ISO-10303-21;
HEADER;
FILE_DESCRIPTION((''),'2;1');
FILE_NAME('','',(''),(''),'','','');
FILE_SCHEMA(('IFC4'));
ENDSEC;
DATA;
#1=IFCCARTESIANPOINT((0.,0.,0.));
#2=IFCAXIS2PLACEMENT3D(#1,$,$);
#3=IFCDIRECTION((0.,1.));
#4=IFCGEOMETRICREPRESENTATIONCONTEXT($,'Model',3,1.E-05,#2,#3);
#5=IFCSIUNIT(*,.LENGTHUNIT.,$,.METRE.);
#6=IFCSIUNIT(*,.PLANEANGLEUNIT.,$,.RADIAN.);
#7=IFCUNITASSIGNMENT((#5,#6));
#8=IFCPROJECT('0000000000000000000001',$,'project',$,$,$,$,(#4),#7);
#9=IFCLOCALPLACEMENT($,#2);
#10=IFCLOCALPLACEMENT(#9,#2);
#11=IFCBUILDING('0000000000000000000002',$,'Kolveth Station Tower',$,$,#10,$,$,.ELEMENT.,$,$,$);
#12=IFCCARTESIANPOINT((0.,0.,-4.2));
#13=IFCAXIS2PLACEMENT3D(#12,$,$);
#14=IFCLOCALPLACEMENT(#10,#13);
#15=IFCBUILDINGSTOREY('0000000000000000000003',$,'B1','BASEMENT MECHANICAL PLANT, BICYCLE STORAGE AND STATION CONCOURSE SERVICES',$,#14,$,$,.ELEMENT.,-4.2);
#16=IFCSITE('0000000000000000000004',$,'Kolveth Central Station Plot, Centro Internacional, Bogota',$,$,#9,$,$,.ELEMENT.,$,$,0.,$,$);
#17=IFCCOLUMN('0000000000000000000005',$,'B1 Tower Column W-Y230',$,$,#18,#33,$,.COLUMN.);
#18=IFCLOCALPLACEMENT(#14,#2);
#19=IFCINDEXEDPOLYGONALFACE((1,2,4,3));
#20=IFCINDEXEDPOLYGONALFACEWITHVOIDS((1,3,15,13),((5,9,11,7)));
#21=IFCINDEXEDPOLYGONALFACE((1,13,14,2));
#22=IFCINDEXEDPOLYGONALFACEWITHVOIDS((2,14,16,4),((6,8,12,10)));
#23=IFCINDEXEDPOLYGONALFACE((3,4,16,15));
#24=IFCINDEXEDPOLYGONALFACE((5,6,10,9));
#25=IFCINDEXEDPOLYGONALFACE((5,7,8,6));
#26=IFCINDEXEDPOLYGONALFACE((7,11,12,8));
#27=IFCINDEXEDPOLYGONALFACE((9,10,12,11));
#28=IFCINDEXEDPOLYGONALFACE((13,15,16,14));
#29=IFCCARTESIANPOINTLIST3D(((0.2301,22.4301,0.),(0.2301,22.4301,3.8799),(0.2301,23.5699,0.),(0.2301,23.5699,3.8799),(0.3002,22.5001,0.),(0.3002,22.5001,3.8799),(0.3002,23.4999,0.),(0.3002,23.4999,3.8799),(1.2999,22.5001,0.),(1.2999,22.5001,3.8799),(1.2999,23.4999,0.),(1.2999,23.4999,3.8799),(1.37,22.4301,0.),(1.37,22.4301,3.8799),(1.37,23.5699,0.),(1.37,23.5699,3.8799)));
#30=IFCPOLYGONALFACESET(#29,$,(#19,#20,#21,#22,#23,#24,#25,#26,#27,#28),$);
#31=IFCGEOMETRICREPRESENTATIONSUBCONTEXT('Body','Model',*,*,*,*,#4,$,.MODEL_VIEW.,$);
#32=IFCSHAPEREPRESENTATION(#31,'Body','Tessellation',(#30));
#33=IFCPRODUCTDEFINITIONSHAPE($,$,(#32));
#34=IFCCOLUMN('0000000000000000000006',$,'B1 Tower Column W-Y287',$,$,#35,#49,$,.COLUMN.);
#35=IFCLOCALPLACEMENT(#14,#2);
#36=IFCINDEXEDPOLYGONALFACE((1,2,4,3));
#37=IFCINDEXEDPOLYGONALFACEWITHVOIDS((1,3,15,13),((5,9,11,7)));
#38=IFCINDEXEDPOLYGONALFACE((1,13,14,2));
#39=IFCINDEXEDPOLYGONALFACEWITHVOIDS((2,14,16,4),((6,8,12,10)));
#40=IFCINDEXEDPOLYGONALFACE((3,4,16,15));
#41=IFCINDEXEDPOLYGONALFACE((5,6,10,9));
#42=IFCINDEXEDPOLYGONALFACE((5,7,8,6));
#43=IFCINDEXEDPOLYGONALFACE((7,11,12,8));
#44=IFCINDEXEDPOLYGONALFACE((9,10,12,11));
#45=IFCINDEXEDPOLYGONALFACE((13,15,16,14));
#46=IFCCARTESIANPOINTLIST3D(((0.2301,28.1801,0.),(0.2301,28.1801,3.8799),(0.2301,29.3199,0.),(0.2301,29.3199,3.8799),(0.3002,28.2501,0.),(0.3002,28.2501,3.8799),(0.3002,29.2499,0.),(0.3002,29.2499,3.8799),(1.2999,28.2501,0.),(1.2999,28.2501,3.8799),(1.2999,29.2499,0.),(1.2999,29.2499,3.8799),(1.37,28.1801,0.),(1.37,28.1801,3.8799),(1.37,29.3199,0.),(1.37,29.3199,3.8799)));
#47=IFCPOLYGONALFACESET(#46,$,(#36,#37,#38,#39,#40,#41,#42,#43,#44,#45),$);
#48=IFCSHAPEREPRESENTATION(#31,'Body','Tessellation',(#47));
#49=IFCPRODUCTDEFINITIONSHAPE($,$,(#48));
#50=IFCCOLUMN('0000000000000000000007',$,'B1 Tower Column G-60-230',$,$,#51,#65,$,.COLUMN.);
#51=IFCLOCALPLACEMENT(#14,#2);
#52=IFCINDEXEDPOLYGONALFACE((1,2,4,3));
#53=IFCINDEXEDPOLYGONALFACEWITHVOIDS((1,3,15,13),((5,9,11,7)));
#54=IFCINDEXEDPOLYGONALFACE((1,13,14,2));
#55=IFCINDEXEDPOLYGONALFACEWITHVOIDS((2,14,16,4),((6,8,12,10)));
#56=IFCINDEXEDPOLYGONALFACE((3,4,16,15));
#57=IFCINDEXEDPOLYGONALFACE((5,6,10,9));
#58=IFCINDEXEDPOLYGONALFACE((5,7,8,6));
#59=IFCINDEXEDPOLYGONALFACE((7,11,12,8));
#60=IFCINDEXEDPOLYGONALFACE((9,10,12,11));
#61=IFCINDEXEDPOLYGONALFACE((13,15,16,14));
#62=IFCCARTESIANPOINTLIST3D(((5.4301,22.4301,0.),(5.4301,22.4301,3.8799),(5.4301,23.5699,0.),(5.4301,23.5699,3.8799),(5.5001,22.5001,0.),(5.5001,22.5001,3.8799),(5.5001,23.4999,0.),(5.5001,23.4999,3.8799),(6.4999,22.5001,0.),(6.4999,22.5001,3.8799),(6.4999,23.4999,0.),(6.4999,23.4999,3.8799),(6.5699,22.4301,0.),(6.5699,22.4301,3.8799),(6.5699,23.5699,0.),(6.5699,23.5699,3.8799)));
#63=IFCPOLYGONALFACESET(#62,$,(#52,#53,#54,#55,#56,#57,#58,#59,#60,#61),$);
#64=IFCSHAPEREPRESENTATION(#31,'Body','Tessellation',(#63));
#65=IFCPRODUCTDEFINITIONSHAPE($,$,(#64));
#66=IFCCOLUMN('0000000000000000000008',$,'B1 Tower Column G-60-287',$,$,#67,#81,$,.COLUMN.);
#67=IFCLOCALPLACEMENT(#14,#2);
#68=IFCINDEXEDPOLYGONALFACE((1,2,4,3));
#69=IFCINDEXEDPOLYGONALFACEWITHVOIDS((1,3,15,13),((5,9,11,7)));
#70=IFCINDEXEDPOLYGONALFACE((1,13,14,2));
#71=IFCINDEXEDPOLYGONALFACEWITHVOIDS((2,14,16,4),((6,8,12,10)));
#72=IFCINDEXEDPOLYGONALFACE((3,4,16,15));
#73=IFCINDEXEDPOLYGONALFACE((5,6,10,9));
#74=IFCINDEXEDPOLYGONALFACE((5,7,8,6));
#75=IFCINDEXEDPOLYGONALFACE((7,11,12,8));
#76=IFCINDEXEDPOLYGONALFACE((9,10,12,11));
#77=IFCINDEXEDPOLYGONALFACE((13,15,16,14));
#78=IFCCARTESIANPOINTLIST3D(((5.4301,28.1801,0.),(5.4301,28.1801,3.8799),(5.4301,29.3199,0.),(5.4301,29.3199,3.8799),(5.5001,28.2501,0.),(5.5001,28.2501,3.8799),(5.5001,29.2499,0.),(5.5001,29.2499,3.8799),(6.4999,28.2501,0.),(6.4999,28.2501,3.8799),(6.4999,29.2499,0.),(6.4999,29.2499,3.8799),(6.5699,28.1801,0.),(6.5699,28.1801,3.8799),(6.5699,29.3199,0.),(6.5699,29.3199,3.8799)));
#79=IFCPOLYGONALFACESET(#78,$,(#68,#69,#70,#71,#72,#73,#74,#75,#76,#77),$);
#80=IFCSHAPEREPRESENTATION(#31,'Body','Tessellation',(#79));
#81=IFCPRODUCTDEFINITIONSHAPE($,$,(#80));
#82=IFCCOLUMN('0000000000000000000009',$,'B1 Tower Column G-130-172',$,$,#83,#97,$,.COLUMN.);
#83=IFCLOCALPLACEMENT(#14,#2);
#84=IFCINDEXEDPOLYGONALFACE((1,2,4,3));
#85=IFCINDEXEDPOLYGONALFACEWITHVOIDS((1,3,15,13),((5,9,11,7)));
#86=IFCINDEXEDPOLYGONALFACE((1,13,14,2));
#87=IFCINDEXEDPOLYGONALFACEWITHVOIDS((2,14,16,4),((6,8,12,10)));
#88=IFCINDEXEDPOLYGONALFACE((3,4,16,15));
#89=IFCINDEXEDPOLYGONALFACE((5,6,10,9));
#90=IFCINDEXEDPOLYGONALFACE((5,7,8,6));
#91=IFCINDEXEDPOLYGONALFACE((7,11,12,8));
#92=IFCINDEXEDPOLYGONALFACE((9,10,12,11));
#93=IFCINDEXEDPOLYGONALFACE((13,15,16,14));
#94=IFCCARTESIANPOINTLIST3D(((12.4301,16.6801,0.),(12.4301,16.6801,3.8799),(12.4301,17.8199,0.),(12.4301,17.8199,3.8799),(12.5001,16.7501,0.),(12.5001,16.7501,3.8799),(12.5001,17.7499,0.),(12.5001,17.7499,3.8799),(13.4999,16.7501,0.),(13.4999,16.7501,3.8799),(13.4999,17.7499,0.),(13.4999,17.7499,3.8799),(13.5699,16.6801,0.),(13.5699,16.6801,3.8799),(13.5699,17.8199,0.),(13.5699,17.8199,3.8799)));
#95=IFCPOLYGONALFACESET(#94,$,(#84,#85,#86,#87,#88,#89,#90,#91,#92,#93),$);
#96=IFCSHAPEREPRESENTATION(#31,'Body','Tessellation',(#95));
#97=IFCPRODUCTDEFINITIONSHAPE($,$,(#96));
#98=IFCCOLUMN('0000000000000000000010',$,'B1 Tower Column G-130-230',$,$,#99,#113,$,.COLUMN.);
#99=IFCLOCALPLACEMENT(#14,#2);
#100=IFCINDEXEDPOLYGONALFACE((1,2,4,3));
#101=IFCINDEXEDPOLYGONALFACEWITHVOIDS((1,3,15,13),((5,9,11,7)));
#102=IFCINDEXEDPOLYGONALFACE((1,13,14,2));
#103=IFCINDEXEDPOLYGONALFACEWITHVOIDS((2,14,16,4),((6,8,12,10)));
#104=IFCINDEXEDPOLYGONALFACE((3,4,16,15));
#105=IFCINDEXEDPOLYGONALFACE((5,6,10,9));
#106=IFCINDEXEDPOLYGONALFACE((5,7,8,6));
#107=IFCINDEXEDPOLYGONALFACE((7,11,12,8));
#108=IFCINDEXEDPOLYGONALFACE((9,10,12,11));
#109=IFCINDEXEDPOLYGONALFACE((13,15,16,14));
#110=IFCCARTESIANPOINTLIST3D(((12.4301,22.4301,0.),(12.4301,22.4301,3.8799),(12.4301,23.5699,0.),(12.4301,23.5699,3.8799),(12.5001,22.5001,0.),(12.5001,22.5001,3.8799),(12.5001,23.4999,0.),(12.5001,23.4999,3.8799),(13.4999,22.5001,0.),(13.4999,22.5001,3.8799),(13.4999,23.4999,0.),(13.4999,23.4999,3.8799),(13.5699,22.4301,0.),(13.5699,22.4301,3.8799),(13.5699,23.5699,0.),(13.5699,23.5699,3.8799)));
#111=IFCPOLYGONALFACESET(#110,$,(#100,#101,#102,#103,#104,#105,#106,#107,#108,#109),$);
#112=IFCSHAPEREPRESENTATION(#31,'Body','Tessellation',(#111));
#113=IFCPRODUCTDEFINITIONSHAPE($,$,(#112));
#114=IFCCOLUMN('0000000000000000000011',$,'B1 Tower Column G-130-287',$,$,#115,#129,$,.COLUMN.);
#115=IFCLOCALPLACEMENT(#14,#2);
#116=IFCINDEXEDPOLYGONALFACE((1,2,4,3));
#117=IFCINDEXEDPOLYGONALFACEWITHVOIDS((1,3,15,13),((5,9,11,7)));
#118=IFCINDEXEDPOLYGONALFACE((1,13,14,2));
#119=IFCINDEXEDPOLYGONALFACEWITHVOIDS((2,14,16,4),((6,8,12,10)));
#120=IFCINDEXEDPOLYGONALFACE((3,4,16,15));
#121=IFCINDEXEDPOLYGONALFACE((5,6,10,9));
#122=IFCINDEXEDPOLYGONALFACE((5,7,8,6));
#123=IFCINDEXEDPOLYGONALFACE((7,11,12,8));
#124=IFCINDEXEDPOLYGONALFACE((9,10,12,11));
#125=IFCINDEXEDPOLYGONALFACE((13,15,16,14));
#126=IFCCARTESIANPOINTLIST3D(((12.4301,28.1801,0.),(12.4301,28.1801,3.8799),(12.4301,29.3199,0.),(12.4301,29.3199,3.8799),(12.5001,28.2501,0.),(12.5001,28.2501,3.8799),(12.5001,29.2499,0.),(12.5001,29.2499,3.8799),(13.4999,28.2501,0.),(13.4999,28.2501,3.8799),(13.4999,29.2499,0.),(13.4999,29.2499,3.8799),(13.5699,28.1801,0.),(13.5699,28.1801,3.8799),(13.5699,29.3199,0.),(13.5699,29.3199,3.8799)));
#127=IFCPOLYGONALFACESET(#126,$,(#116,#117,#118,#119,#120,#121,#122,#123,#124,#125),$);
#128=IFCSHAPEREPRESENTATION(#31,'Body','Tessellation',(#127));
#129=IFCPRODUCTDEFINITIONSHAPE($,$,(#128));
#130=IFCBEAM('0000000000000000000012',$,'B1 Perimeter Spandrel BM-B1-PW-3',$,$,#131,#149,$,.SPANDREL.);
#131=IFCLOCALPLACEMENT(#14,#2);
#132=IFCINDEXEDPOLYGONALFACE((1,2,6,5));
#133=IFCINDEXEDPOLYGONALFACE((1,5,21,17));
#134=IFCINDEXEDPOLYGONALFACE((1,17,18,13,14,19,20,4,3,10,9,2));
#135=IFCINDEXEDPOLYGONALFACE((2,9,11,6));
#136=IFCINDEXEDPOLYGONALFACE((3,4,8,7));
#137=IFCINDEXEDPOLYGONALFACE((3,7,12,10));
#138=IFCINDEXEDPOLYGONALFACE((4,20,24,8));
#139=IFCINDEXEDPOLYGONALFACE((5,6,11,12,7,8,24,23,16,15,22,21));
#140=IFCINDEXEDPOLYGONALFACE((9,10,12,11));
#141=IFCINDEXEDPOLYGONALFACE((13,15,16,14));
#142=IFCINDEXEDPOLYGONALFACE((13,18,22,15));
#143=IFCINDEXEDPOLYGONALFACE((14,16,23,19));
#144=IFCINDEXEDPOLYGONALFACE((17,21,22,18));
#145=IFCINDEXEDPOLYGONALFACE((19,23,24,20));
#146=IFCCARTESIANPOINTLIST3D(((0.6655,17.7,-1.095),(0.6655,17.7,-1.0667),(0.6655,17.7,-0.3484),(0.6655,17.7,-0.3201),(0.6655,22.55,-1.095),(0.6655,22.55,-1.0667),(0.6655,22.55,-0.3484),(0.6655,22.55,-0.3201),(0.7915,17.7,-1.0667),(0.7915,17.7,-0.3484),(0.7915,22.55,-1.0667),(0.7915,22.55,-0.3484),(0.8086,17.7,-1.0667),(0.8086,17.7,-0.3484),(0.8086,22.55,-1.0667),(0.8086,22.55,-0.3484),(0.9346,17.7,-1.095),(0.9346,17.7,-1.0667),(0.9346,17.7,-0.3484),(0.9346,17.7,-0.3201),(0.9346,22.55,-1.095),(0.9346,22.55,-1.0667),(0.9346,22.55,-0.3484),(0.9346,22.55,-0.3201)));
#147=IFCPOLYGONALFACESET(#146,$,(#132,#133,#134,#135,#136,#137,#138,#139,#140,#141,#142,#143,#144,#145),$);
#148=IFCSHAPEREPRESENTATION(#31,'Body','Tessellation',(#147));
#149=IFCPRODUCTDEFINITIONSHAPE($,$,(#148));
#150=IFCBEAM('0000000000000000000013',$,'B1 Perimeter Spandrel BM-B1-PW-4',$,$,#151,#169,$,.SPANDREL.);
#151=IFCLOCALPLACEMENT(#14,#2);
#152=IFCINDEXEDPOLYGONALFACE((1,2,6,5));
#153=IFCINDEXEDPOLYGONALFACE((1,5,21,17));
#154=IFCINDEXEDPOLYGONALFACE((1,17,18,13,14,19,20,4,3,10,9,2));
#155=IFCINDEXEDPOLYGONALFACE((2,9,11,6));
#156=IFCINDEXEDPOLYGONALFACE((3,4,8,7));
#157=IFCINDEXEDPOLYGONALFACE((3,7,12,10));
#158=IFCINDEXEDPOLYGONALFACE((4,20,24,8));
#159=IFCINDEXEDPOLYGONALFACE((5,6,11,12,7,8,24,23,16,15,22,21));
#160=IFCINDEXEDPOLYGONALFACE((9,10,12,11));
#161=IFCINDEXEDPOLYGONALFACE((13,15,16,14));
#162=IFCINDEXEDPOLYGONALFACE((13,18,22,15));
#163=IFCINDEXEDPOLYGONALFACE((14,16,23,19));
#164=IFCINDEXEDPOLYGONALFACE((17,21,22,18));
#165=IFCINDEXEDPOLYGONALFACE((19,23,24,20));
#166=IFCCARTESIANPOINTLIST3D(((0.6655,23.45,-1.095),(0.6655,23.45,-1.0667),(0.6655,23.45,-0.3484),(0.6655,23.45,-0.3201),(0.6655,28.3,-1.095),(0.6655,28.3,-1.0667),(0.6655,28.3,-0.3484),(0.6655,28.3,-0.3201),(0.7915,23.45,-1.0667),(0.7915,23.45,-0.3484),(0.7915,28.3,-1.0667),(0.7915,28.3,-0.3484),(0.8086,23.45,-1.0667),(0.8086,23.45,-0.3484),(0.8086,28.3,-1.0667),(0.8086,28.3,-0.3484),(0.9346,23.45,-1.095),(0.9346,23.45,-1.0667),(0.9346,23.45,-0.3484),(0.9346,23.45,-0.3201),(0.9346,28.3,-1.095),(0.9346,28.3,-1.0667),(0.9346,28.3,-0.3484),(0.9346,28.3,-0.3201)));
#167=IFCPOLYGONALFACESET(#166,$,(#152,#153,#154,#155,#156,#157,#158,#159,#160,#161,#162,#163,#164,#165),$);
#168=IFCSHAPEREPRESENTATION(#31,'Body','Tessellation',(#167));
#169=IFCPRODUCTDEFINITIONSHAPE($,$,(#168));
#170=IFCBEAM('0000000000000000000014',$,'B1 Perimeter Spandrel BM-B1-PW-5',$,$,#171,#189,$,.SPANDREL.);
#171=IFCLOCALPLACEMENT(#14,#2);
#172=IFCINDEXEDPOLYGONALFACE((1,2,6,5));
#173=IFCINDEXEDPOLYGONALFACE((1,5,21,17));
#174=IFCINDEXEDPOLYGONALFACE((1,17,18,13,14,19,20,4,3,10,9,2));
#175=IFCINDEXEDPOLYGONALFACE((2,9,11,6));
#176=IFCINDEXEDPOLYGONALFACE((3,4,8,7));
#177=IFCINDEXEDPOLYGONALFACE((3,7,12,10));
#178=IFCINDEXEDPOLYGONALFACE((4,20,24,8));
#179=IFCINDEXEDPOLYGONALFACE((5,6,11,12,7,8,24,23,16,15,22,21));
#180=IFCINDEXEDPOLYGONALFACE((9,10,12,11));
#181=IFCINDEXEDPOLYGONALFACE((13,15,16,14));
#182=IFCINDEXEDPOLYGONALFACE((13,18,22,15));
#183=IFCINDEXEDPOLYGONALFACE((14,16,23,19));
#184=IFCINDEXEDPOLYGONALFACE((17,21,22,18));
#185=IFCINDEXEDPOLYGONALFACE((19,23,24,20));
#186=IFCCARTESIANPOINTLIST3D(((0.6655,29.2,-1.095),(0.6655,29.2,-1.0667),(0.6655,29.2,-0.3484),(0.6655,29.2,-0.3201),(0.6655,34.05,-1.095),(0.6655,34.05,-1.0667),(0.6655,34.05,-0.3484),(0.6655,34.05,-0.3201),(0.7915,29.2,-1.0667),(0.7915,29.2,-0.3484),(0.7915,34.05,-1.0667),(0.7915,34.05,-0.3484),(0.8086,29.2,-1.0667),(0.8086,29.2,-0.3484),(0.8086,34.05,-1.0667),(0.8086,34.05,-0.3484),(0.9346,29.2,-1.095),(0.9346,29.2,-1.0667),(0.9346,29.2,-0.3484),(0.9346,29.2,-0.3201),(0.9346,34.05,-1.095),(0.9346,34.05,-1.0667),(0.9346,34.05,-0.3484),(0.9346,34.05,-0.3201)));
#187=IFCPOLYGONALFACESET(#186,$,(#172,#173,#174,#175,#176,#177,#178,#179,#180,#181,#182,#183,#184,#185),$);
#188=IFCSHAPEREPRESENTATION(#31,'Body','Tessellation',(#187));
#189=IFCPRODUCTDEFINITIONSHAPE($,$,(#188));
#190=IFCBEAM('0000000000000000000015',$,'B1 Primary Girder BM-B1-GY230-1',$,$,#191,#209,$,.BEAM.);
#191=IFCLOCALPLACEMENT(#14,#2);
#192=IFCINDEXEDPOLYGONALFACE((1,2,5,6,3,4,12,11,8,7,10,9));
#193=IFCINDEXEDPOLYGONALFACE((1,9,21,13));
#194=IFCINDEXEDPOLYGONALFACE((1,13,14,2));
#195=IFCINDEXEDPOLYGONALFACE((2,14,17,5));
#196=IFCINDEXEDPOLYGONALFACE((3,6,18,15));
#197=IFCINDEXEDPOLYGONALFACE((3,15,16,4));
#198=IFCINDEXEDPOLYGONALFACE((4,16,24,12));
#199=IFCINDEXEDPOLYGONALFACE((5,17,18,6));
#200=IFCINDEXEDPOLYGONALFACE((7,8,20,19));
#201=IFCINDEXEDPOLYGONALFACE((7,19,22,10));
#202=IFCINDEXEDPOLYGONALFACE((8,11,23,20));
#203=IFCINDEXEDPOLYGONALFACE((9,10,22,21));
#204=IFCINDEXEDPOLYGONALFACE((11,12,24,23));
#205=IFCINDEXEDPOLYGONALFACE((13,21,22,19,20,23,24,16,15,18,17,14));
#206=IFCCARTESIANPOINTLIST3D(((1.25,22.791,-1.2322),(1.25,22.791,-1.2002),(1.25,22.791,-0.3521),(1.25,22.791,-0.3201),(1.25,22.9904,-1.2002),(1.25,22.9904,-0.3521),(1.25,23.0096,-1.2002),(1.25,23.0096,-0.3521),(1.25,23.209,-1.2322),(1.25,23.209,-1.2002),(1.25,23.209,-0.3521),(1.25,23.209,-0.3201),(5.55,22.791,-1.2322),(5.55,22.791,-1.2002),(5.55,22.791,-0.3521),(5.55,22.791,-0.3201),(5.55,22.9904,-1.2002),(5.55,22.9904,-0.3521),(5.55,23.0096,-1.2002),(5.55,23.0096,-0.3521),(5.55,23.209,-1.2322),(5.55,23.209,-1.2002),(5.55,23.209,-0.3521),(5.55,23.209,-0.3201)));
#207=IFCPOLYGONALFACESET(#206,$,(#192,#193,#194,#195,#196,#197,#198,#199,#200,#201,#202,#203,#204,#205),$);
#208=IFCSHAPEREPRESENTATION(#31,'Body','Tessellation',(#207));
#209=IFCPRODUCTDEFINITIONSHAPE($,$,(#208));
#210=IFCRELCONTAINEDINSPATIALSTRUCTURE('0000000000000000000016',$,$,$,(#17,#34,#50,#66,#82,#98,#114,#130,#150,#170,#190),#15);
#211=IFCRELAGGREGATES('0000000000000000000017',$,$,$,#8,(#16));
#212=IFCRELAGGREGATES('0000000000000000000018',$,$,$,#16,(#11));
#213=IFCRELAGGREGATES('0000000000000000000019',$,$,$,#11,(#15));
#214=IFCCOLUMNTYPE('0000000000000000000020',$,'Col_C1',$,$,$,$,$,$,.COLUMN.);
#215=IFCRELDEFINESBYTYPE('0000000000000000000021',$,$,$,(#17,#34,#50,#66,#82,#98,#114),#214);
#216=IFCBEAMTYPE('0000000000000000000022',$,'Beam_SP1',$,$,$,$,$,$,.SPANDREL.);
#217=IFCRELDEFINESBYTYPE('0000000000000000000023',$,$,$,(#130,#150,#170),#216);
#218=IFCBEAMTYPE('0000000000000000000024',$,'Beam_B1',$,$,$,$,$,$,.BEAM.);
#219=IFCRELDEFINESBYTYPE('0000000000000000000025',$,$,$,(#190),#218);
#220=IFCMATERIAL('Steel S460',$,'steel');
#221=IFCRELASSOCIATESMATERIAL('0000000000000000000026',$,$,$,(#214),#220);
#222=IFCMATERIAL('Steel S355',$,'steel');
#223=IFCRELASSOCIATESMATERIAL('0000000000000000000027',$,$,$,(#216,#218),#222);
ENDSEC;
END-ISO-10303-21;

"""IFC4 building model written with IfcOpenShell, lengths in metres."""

from ifc_helpers import new_model, si_unit, direction, frame, origin, origin_2d, place, context, subcontext, project, spatial, hollow_rectangle, i_section, extrude, source, transform, mapped, material, material_profile, profile_set, type_object, element, save


model = new_model("IFC4")

# Units and contexts
model_context = context("Model", 3, precision=1e-05, world=origin(), true_north=direction((0.0, 1.0)))
body_context = subcontext(model_context, "Body", "Model", "MODEL_VIEW")
ifc_project = project(units=[si_unit("LENGTHUNIT", "METRE"), si_unit("PLANEANGLEUNIT", "RADIAN")], contexts=[model_context])

# Site, building, storey
site_placement = place(None, origin())
site = spatial("IfcSite", under=ifc_project, at=site_placement, Name="Kolveth Central Station Plot, Centro Internacional, Bogota", CompositionType="ELEMENT", RefElevation=0.0)
building_placement = place(site_placement, origin())
building = spatial("IfcBuilding", under=site, at=building_placement, Name="Kolveth Station Tower", CompositionType="ELEMENT")
storey_placement = place(building_placement, frame((0.0, 0.0, -4.2)))
storey = spatial("IfcBuildingStorey", under=building, at=storey_placement, Name="B1", Description="BASEMENT MECHANICAL PLANT, BICYCLE STORAGE AND STATION CONCOURSE SERVICES", CompositionType="ELEMENT", Elevation=-4.2)

# Columns
ifc_material_1 = material(Name="Steel S460", Category="steel")
ifc_material_profile_1 = material_profile(ifc_material_1, hollow_rectangle(XDim=1.1399, YDim=1.1399, WallThickness=0.0701, at=origin_2d()), Name="BOX1140x1140x70")
ifc_profile_set_1 = profile_set([ifc_material_profile_1], Name="Steel S460")
column_type = type_object("IfcColumnType", Name="Col_C1", PredefinedType="COLUMN", material=ifc_profile_set_1)
shared_shape_1 = source(origin(), body_context, "Body", "SweptSolid", [
    extrude(hollow_rectangle(XDim=1.1399, YDim=1.1399, WallThickness=0.0701, at=origin_2d()), origin(), (0.0, 0.0, 1.0), 3.8799),
])
for number, where, z_axis, x_axis, name in (
    (1, (0.8, 23.0, 0.0), (0.0, 0.0, 1.0), (1.0, 0.0, 0.0), "B1 Tower Column W-Y230"),
    (2, (0.8, 28.75, 0.0), (0.0, 0.0, 1.0), (1.0, 0.0, 0.0), "B1 Tower Column W-Y287"),
    (3, (6.0, 23.0, 0.0), (0.0, 0.0, 1.0), (1.0, 0.0, 0.0), "B1 Tower Column G-60-230"),
    (4, (6.0, 28.75, 0.0), (0.0, 0.0, 1.0), (1.0, 0.0, 0.0), "B1 Tower Column G-60-287"),
    (5, (13.0, 17.25, 0.0), (0.0, 0.0, 1.0), (1.0, 0.0, 0.0), "B1 Tower Column G-130-172"),
    (6, (13.0, 23.0, 0.0), (0.0, 0.0, 1.0), (1.0, 0.0, 0.0), "B1 Tower Column G-130-230"),
    (7, (13.0, 28.75, 0.0), (0.0, 0.0, 1.0), (1.0, 0.0, 0.0), "B1 Tower Column G-130-287"),
):
    element("IfcColumn", number, at=place(storey_placement, frame(where, z_axis=z_axis, x_axis=x_axis)), inside=storey, type_object=column_type, Name=name, PredefinedType="COLUMN", context=body_context, shape_type="MappedRepresentation", body=[
        mapped(shared_shape_1, transform((0.0, 0.0, 0.0), x_axis=(1.0, 0.0, 0.0), y_axis=(0.0, 1.0, 0.0), z_axis=(0.0, 0.0, 1.0), scale=1.0)),
    ])

# Beams
ifc_material_2 = material(Name="Steel S355", Category="steel")
ifc_material_profile_2 = material_profile(ifc_material_2, i_section(OverallWidth=0.269, OverallDepth=0.7749, WebThickness=0.0171, FlangeThickness=0.0283, at=origin_2d()), Name="W760x220")
ifc_profile_set_2 = profile_set([ifc_material_profile_2], Name="Steel S355")
beam_type_1 = type_object("IfcBeamType", Name="Beam_SP1", PredefinedType="SPANDREL", material=ifc_profile_set_2)
shared_shape_2 = source(origin(), body_context, "Body", "SweptSolid", [
    extrude(i_section(OverallWidth=0.269, OverallDepth=0.7749, WebThickness=0.0171, FlangeThickness=0.0283, at=origin_2d()), origin(), (0.0, 0.0, 1.0), 4.8501),
])
for number, where, z_axis, x_axis, name in (
    (8, (0.8, 17.7, -0.7075), (0.0, 1.0, 0.0), (-1.0, 0.0, 0.0), "B1 Perimeter Spandrel BM-B1-PW-3"),
    (9, (0.8, 23.45, -0.7075), (0.0, 1.0, 0.0), (-1.0, 0.0, 0.0), "B1 Perimeter Spandrel BM-B1-PW-4"),
    (10, (0.8, 29.2, -0.7075), (0.0, 1.0, 0.0), (-1.0, 0.0, 0.0), "B1 Perimeter Spandrel BM-B1-PW-5"),
):
    element("IfcBeam", number, at=place(storey_placement, frame(where, z_axis=z_axis, x_axis=x_axis)), inside=storey, type_object=beam_type_1, Name=name, PredefinedType="SPANDREL", context=body_context, shape_type="MappedRepresentation", body=[
        mapped(shared_shape_2, transform((0.0, 0.0, 0.0), x_axis=(1.0, 0.0, 0.0), y_axis=(0.0, 1.0, 0.0), z_axis=(0.0, 0.0, 1.0), scale=1.0)),
    ])
ifc_material_profile_3 = material_profile(ifc_material_2, i_section(OverallWidth=0.418, OverallDepth=0.9121, WebThickness=0.0193, FlangeThickness=0.032, at=origin_2d()), Name="W920x342")
ifc_profile_set_3 = profile_set([ifc_material_profile_3], Name="Steel S355")
beam_type_2 = type_object("IfcBeamType", Name="Beam_B1", PredefinedType="BEAM", material=ifc_profile_set_3)
shared_shape_3 = source(origin(), body_context, "Body", "SweptSolid", [
    extrude(i_section(OverallWidth=0.418, OverallDepth=0.9121, WebThickness=0.0193, FlangeThickness=0.032, at=origin_2d()), origin(), (0.0, 0.0, 1.0), 4.3),
])
for number, where, z_axis, x_axis, name in (
    (11, (1.25, 23.0, -0.7761), (1.0, 0.0, 0.0), (0.0, 1.0, 0.0), "B1 Primary Girder BM-B1-GY230-1"),
):
    element("IfcBeam", number, at=place(storey_placement, frame(where, z_axis=z_axis, x_axis=x_axis)), inside=storey, type_object=beam_type_2, Name=name, PredefinedType="BEAM", context=body_context, shape_type="MappedRepresentation", body=[
        mapped(shared_shape_3, transform((0.0, 0.0, 0.0), x_axis=(1.0, 0.0, 0.0), y_axis=(0.0, 1.0, 0.0), z_axis=(0.0, 0.0, 1.0), scale=1.0)),
    ])

save(model, "model.ifc")
